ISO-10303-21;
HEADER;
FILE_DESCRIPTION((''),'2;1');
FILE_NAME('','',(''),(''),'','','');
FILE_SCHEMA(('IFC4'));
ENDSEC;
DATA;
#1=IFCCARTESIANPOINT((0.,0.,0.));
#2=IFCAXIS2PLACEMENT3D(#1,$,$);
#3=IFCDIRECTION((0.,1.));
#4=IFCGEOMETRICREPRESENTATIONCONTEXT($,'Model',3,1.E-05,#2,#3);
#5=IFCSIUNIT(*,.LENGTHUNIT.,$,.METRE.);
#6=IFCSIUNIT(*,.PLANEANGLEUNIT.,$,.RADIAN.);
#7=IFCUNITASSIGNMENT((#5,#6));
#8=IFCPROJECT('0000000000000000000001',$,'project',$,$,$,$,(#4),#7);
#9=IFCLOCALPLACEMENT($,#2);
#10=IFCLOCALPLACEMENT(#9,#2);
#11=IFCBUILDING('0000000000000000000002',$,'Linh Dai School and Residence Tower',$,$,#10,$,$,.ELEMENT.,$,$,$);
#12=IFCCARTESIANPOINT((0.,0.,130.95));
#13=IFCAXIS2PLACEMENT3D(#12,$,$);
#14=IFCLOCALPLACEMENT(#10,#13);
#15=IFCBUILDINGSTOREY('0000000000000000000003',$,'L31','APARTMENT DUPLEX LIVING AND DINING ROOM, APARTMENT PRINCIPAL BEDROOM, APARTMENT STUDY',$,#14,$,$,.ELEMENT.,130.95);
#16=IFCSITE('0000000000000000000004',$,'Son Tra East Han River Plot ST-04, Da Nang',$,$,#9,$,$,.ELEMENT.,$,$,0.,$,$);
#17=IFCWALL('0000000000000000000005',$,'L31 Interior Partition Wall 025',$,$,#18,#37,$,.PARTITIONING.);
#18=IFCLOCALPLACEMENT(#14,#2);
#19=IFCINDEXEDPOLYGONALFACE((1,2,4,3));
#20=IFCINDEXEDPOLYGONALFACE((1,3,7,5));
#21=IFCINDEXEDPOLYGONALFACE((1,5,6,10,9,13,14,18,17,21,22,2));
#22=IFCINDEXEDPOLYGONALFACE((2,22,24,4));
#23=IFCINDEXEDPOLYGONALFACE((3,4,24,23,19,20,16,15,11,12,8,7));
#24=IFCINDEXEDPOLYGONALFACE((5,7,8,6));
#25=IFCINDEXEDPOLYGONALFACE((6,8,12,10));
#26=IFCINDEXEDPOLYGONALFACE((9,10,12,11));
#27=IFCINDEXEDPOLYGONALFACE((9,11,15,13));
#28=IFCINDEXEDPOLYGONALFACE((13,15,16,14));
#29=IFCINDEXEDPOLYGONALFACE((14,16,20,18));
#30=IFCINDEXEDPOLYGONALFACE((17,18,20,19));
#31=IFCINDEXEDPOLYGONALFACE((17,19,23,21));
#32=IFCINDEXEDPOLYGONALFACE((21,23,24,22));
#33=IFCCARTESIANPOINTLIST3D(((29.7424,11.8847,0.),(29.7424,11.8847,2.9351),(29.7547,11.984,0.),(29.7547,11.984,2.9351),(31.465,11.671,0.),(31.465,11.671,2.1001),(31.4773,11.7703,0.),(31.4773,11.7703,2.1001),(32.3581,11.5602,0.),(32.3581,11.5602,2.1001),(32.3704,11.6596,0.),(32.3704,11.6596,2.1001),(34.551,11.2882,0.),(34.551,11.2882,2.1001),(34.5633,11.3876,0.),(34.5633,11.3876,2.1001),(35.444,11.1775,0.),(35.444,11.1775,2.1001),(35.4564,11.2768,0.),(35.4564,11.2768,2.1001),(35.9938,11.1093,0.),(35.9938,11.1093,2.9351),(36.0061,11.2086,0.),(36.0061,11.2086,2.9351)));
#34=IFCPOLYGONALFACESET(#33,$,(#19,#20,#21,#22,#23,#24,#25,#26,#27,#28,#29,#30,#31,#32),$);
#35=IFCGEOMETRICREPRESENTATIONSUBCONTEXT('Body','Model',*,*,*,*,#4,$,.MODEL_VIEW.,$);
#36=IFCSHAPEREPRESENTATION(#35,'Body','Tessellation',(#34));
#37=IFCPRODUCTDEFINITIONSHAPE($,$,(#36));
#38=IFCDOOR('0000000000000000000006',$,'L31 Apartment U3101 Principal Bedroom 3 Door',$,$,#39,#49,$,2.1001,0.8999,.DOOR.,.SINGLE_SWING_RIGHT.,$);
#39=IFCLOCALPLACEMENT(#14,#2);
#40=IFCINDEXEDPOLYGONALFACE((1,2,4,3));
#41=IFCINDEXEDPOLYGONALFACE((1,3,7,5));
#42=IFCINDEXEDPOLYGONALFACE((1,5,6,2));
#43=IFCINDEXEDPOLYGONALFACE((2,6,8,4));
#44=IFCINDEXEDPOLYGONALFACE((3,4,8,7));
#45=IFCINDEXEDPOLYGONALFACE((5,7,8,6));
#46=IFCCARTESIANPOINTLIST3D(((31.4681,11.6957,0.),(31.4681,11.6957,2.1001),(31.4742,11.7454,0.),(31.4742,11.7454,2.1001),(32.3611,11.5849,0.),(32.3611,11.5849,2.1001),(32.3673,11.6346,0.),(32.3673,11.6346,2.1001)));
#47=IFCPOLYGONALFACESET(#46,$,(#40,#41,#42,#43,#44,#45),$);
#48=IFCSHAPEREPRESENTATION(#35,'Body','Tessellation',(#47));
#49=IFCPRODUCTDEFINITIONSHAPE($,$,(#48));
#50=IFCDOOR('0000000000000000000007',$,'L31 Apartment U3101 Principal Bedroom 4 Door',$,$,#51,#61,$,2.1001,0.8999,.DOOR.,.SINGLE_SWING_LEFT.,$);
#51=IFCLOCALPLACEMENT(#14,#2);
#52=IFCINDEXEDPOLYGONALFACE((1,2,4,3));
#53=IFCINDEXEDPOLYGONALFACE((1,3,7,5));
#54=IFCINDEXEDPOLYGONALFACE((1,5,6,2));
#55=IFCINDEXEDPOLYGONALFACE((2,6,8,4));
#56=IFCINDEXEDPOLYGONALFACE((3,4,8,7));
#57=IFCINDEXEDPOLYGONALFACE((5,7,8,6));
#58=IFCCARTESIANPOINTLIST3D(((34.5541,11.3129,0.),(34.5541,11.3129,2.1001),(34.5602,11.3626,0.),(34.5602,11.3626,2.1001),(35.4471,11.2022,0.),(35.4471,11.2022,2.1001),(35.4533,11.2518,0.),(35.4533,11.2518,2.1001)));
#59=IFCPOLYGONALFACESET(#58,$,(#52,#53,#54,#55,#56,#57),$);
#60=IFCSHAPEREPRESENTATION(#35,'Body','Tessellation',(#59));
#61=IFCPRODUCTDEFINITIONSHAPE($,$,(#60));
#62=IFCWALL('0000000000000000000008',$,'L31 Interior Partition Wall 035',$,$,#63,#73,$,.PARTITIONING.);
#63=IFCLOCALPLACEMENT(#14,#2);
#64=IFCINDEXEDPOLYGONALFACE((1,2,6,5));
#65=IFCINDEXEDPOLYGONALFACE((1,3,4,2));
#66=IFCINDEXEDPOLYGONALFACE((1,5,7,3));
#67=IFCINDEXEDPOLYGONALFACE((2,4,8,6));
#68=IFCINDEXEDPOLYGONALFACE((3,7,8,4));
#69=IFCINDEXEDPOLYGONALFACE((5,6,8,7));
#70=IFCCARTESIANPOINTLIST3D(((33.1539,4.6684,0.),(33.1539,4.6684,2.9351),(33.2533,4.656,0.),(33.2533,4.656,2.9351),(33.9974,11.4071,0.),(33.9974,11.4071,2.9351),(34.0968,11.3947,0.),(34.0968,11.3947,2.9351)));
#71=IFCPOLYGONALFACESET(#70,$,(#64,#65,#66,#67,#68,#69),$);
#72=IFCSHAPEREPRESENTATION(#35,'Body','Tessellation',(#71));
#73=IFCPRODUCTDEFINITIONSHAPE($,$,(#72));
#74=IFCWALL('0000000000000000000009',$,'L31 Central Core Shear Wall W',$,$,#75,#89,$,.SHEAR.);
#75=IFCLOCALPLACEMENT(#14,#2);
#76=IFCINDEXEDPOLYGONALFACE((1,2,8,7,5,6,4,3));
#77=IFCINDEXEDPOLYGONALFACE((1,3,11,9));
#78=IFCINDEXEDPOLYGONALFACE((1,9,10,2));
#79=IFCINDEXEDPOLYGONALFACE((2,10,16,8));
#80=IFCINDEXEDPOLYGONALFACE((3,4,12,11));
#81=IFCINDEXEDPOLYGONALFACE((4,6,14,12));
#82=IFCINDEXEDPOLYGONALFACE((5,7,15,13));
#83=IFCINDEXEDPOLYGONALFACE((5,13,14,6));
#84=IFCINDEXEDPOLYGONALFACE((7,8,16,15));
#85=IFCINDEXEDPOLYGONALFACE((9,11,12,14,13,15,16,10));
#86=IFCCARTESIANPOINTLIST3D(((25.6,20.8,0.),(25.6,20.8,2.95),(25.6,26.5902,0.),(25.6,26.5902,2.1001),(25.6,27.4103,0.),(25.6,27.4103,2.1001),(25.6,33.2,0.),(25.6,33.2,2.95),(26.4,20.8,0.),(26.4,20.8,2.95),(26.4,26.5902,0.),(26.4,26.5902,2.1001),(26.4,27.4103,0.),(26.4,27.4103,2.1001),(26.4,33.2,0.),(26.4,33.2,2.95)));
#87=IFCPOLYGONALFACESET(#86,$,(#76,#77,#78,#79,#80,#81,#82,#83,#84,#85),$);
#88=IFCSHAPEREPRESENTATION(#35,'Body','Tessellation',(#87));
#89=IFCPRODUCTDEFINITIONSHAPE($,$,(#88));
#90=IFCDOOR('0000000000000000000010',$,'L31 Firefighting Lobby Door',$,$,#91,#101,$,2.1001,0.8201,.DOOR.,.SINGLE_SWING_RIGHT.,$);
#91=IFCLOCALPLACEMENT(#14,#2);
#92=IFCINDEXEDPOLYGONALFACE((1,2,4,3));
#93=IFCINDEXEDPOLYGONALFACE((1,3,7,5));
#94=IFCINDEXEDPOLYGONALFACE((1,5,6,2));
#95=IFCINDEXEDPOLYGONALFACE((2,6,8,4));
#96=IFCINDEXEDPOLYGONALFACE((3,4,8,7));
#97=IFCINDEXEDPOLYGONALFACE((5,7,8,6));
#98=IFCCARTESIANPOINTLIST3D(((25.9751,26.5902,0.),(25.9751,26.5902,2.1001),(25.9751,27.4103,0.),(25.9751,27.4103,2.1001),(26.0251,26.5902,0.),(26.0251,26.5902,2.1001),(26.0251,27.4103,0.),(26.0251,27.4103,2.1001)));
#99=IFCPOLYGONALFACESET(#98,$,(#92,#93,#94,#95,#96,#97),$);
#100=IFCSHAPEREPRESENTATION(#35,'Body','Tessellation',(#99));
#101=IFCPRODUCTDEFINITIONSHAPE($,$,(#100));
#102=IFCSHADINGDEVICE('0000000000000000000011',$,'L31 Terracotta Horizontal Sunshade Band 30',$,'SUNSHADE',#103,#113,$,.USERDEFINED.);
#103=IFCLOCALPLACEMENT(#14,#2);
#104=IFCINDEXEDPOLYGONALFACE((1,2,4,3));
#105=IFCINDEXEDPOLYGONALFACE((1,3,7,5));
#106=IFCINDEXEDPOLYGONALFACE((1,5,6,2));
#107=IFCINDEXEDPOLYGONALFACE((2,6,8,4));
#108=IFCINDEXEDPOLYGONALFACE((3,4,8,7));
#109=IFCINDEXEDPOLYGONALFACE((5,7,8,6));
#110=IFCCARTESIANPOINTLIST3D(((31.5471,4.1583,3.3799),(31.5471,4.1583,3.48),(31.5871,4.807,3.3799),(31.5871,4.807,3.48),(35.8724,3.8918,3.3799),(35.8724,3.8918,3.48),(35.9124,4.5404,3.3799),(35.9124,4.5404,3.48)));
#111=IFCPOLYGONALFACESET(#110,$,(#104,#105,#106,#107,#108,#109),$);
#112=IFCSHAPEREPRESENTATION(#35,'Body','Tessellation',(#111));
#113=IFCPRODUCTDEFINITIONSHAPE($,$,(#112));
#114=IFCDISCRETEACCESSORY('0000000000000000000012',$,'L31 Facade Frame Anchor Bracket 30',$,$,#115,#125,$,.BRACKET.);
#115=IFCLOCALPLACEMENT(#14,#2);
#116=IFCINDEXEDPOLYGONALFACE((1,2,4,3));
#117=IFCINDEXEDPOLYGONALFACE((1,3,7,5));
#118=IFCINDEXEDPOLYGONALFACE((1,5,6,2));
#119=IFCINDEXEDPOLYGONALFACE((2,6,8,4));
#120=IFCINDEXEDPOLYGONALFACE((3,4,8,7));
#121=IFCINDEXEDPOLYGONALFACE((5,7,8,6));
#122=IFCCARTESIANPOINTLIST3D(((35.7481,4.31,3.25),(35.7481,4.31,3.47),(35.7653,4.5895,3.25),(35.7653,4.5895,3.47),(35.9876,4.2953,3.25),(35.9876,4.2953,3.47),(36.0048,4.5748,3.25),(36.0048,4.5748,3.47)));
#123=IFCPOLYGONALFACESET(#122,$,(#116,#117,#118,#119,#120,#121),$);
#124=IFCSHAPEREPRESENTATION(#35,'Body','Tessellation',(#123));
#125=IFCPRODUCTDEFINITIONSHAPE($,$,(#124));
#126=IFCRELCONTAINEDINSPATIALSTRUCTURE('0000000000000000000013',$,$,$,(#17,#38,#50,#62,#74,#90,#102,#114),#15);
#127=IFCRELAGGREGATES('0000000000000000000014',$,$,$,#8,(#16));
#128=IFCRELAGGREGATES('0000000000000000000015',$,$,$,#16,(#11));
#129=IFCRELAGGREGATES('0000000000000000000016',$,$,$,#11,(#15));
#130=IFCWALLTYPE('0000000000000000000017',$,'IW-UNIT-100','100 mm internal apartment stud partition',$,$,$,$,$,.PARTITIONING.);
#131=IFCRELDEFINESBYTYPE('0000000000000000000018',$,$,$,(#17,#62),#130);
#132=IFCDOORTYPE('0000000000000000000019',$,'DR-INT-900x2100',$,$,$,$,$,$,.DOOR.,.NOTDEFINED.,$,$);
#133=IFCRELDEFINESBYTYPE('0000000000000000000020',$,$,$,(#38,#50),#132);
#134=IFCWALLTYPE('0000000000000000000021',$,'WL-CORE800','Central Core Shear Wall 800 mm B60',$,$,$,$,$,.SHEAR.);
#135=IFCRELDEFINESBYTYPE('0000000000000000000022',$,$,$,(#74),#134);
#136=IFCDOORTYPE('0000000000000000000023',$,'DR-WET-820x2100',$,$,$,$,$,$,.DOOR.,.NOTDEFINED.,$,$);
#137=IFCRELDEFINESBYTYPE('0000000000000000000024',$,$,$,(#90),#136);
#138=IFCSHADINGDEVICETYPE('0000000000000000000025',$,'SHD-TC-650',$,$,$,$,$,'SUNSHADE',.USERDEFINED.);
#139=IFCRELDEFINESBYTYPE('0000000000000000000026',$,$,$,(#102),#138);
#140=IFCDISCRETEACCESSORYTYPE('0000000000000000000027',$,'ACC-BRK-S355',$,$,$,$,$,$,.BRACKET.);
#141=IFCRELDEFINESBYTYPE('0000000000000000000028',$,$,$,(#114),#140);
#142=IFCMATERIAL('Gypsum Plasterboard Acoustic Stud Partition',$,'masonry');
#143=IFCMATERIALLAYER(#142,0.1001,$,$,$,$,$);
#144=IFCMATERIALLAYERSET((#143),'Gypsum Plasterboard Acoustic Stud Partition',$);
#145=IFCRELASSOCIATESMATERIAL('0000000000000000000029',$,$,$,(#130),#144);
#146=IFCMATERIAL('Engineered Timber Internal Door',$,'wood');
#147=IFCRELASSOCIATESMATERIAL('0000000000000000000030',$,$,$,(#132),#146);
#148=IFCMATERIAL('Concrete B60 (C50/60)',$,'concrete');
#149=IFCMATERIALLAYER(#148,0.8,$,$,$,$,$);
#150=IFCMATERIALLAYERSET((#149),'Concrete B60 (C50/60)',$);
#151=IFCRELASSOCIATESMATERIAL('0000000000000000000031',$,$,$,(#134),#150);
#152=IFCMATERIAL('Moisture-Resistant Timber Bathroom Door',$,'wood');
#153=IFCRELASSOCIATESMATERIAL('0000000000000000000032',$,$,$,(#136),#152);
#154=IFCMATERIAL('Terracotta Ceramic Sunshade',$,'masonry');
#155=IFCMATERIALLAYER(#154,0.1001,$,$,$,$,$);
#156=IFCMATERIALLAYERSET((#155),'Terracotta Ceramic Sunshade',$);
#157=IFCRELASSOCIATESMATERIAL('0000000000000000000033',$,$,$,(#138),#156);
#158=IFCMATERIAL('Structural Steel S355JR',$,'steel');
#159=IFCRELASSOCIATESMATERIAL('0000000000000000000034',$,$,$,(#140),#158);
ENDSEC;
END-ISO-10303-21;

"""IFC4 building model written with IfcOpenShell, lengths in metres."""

from ifc_helpers import new_model, si_unit, direction, frame, frame_2d, origin, origin_2d, place, context, subcontext, project, spatial, rectangle, extrude, source, transform, mapped, material, layer, layer_set, type_object, element, fill, save


model = new_model("IFC4")

# Units and contexts
model_context = context("Model", 3, precision=1e-05, world=origin(), true_north=direction((0.0, 1.0)))
body_context = subcontext(model_context, "Body", "Model", "MODEL_VIEW")
ifc_project = project(units=[si_unit("LENGTHUNIT", "METRE"), si_unit("PLANEANGLEUNIT", "RADIAN")], contexts=[model_context])

# Site, building, storey
site_placement = place(None, origin())
site = spatial("IfcSite", under=ifc_project, at=site_placement, Name="Son Tra East Han River Plot ST-04, Da Nang", CompositionType="ELEMENT", RefElevation=0.0)
building_placement = place(site_placement, origin())
building = spatial("IfcBuilding", under=site, at=building_placement, Name="Linh Dai School and Residence Tower", CompositionType="ELEMENT")
storey_placement = place(building_placement, frame((0.0, 0.0, 130.95)))
storey = spatial("IfcBuildingStorey", under=building, at=storey_placement, Name="L31", Description="APARTMENT DUPLEX LIVING AND DINING ROOM, APARTMENT PRINCIPAL BEDROOM, APARTMENT STUDY", CompositionType="ELEMENT", Elevation=130.95)

# Shared definitions
ifc_material_1 = material(Name="Concrete B60 (C50/60)", Category="concrete")
ifc_material_2 = material(Name="Structural Steel S355JR", Category="steel")

# Shared definitions
ifc_material_3 = material(Name="Gypsum Plasterboard Acoustic Stud Partition", Category="masonry")
ifc_layer_1 = layer(ifc_material_3, 0.1001)
ifc_layer_set_1 = layer_set([ifc_layer_1], Name="Gypsum Plasterboard Acoustic Stud Partition")
wall_type_1 = type_object("IfcWallType", Name="IW-UNIT-100", Description="100 mm internal apartment stud partition", PredefinedType="PARTITIONING", material=ifc_layer_set_1)

# Wall, openings, doors
wall_1_placement = place(storey_placement, frame((29.7485, 11.9343, 0.0), z_axis=(0.0, 0.0, 1.0), x_axis=(0.992395, -0.12309, 0.0)))
wall_1 = element("IfcWall", 1, at=wall_1_placement, inside=storey, type_object=wall_type_1, Name="L31 Interior Partition Wall 025", PredefinedType="PARTITIONING", context=body_context, shape_type="SweptSolid", body=[
    extrude(rectangle(XDim=6.2993, YDim=0.1001, at=frame_2d((3.1497, 0.0))), origin(), (0.0, 0.0, 1.0), 2.9351),
])
opening_1_placement = place(wall_1_placement, frame((1.7358, 0.0, 0.0)))
opening_1 = element("IfcOpeningElement", 2, at=opening_1_placement, cuts=wall_1, PredefinedType="OPENING", context=body_context, shape_type="SweptSolid", body=[
    extrude(rectangle(XDim=0.8999, YDim=2.1001, at=origin_2d()), frame((0.45, 0.0601, 1.05), z_axis=(0.0, -1.0, 0.0), x_axis=(1.0, 0.0, 0.0)), (0.0, 0.0, 1.0), 0.1201),
])
opening_2_placement = place(wall_1_placement, frame((4.8455, 0.0, 0.0)))
opening_2 = element("IfcOpeningElement", 3, at=opening_2_placement, cuts=wall_1, PredefinedType="OPENING", context=body_context, shape_type="SweptSolid", body=[
    extrude(rectangle(XDim=0.8999, YDim=2.1001, at=origin_2d()), frame((0.45, 0.0601, 1.05), z_axis=(0.0, -1.0, 0.0), x_axis=(1.0, 0.0, 0.0)), (0.0, 0.0, 1.0), 0.1201),
])
ifc_material_4 = material(Name="Engineered Timber Internal Door", Category="wood")
door_type_1 = type_object("IfcDoorType", Name="DR-INT-900x2100", OperationType="NOTDEFINED", PredefinedType="DOOR", material=ifc_material_4)
shared_shape_1 = source(origin(), body_context, "Body", "SweptSolid", [
    extrude(rectangle(XDim=0.8999, YDim=2.1001, at=origin_2d()), frame((0.45, 0.0249, 1.05), z_axis=(0.0, -1.0, 0.0), x_axis=(1.0, 0.0, 0.0)), (0.0, 0.0, 1.0), 0.05),
])
door_1_placement = place(opening_1_placement, origin())
door_1 = element("IfcDoor", 4, at=door_1_placement, inside=storey, type_object=door_type_1, Name="L31 Apartment U3101 Principal Bedroom 3 Door", OperationType="SINGLE_SWING_RIGHT", OverallHeight=2.1001, OverallWidth=0.8999, PredefinedType="DOOR", context=body_context, shape_type="MappedRepresentation", body=[
    mapped(shared_shape_1, transform((0.0, 0.0, 0.0), x_axis=(1.0, 0.0, 0.0), y_axis=(0.0, 1.0, 0.0), z_axis=(0.0, 0.0, 1.0), scale=1.0)),
])
fill(opening_1, door_1)
door_2_placement = place(opening_2_placement, origin())
door_2 = element("IfcDoor", 5, at=door_2_placement, inside=storey, type_object=door_type_1, Name="L31 Apartment U3101 Principal Bedroom 4 Door", OperationType="SINGLE_SWING_LEFT", OverallHeight=2.1001, OverallWidth=0.8999, PredefinedType="DOOR", context=body_context, shape_type="MappedRepresentation", body=[
    mapped(shared_shape_1, transform((0.0, 0.0, 0.0), x_axis=(1.0, 0.0, 0.0), y_axis=(0.0, 1.0, 0.0), z_axis=(0.0, 0.0, 1.0), scale=1.0)),
])
fill(opening_2, door_2)

# Wall
wall_2_placement = place(storey_placement, frame((33.2036, 4.6624, 0.0), z_axis=(0.0, 0.0, 1.0), x_axis=(0.124203, 0.992257, 0.0)))
element("IfcWall", 6, at=wall_2_placement, inside=storey, type_object=wall_type_1, Name="L31 Interior Partition Wall 035", PredefinedType="PARTITIONING", context=body_context, shape_type="SweptSolid", body=[
    extrude(rectangle(XDim=6.7913, YDim=0.1001, at=frame_2d((3.3955, 0.0))), origin(), (0.0, 0.0, 1.0), 2.9351),
])

# Wall, opening, door
ifc_layer_2 = layer(ifc_material_1, 0.8)
ifc_layer_set_2 = layer_set([ifc_layer_2], Name="Concrete B60 (C50/60)")
wall_type_2 = type_object("IfcWallType", Name="WL-CORE800", Description="Central Core Shear Wall 800 mm B60", PredefinedType="SHEAR", material=ifc_layer_set_2)
wall_3_placement = place(storey_placement, frame((26.0, 20.8, 0.0), z_axis=(0.0, 0.0, 1.0), x_axis=(0.0, 1.0, 0.0)))
wall_3 = element("IfcWall", 7, at=wall_3_placement, inside=storey, type_object=wall_type_2, Name="L31 Central Core Shear Wall W", PredefinedType="SHEAR", context=body_context, shape_type="SweptSolid", body=[
    extrude(rectangle(XDim=12.3999, YDim=0.8, at=frame_2d((6.2, 0.0))), origin(), (0.0, 0.0, 1.0), 2.95),
])
opening_3_placement = place(wall_3_placement, frame((5.79, 0.0, 0.0)))
opening_3 = element("IfcOpeningElement", 8, at=opening_3_placement, cuts=wall_3, PredefinedType="OPENING", context=body_context, shape_type="SweptSolid", body=[
    extrude(rectangle(XDim=0.8201, YDim=2.1001, at=origin_2d()), frame((0.4102, 0.4102, 1.05), z_axis=(0.0, -1.0, 0.0), x_axis=(1.0, 0.0, 0.0)), (0.0, 0.0, 1.0), 0.8201),
])
ifc_material_5 = material(Name="Moisture-Resistant Timber Bathroom Door", Category="wood")
door_type_2 = type_object("IfcDoorType", Name="DR-WET-820x2100", OperationType="NOTDEFINED", PredefinedType="DOOR", material=ifc_material_5)
shared_shape_2 = source(origin(), body_context, "Body", "SweptSolid", [
    extrude(rectangle(XDim=0.8201, YDim=2.1001, at=origin_2d()), frame((0.4102, 0.0249, 1.05), z_axis=(0.0, -1.0, 0.0), x_axis=(1.0, 0.0, 0.0)), (0.0, 0.0, 1.0), 0.05),
])
door_3_placement = place(opening_3_placement, origin())
door_3 = element("IfcDoor", 9, at=door_3_placement, inside=storey, type_object=door_type_2, Name="L31 Firefighting Lobby Door", OperationType="SINGLE_SWING_RIGHT", OverallHeight=2.1001, OverallWidth=0.8201, PredefinedType="DOOR", context=body_context, shape_type="MappedRepresentation", body=[
    mapped(shared_shape_2, transform((0.0, 0.0, 0.0), x_axis=(1.0, 0.0, 0.0), y_axis=(0.0, 1.0, 0.0), z_axis=(0.0, 0.0, 1.0), scale=1.0)),
])
fill(opening_3, door_3)

# Shading device
ifc_material_6 = material(Name="Terracotta Ceramic Sunshade", Category="masonry")
ifc_layer_3 = layer(ifc_material_6, 0.1001)
ifc_layer_set_3 = layer_set([ifc_layer_3], Name="Terracotta Ceramic Sunshade")
shading_device_type = type_object("IfcShadingDeviceType", Name="SHD-TC-650", ElementType="SUNSHADE", PredefinedType="USERDEFINED", material=ifc_layer_set_3)
shared_shape_3 = source(origin(), body_context, "Body", "SweptSolid", [
    extrude(rectangle(XDim=4.3335, YDim=0.6499, at=origin_2d()), origin(), (0.0, 0.0, 1.0), 0.1001),
])
shading_device_placement = place(storey_placement, frame((33.7297, 4.3494, 3.3799), z_axis=(0.0, 0.0, 1.0), x_axis=(-0.998107, 0.061509, 0.0)))
element("IfcShadingDevice", 10, at=shading_device_placement, inside=storey, type_object=shading_device_type, Name="L31 Terracotta Horizontal Sunshade Band 30", ObjectType="SUNSHADE", PredefinedType="USERDEFINED", context=body_context, shape_type="MappedRepresentation", body=[
    mapped(shared_shape_3, transform((0.0, 0.0, 0.0), x_axis=(1.0, 0.0, 0.0), y_axis=(0.0, 1.0, 0.0), z_axis=(0.0, 0.0, 1.0), scale=1.0)),
])

# Discrete accessory
discrete_accessory_type = type_object("IfcDiscreteAccessoryType", Name="ACC-BRK-S355", PredefinedType="BRACKET", material=ifc_material_2)
shared_shape_4 = source(origin(), body_context, "Body", "SweptSolid", [
    extrude(rectangle(XDim=0.28, YDim=0.24, at=origin_2d()), origin(), (0.0, 0.0, 1.0), 0.22),
])
discrete_accessory_placement = place(storey_placement, frame((35.8765, 4.4424, 3.25), z_axis=(0.0, 0.0, 1.0), x_axis=(-0.061509, -0.998107, 0.0)))
element("IfcDiscreteAccessory", 11, at=discrete_accessory_placement, inside=storey, type_object=discrete_accessory_type, Name="L31 Facade Frame Anchor Bracket 30", PredefinedType="BRACKET", context=body_context, shape_type="MappedRepresentation", body=[
    mapped(shared_shape_4, transform((0.0, 0.0, 0.0), x_axis=(1.0, 0.0, 0.0), y_axis=(0.0, 1.0, 0.0), z_axis=(0.0, 0.0, 1.0), scale=1.0)),
])

save(model, "model.ifc")
